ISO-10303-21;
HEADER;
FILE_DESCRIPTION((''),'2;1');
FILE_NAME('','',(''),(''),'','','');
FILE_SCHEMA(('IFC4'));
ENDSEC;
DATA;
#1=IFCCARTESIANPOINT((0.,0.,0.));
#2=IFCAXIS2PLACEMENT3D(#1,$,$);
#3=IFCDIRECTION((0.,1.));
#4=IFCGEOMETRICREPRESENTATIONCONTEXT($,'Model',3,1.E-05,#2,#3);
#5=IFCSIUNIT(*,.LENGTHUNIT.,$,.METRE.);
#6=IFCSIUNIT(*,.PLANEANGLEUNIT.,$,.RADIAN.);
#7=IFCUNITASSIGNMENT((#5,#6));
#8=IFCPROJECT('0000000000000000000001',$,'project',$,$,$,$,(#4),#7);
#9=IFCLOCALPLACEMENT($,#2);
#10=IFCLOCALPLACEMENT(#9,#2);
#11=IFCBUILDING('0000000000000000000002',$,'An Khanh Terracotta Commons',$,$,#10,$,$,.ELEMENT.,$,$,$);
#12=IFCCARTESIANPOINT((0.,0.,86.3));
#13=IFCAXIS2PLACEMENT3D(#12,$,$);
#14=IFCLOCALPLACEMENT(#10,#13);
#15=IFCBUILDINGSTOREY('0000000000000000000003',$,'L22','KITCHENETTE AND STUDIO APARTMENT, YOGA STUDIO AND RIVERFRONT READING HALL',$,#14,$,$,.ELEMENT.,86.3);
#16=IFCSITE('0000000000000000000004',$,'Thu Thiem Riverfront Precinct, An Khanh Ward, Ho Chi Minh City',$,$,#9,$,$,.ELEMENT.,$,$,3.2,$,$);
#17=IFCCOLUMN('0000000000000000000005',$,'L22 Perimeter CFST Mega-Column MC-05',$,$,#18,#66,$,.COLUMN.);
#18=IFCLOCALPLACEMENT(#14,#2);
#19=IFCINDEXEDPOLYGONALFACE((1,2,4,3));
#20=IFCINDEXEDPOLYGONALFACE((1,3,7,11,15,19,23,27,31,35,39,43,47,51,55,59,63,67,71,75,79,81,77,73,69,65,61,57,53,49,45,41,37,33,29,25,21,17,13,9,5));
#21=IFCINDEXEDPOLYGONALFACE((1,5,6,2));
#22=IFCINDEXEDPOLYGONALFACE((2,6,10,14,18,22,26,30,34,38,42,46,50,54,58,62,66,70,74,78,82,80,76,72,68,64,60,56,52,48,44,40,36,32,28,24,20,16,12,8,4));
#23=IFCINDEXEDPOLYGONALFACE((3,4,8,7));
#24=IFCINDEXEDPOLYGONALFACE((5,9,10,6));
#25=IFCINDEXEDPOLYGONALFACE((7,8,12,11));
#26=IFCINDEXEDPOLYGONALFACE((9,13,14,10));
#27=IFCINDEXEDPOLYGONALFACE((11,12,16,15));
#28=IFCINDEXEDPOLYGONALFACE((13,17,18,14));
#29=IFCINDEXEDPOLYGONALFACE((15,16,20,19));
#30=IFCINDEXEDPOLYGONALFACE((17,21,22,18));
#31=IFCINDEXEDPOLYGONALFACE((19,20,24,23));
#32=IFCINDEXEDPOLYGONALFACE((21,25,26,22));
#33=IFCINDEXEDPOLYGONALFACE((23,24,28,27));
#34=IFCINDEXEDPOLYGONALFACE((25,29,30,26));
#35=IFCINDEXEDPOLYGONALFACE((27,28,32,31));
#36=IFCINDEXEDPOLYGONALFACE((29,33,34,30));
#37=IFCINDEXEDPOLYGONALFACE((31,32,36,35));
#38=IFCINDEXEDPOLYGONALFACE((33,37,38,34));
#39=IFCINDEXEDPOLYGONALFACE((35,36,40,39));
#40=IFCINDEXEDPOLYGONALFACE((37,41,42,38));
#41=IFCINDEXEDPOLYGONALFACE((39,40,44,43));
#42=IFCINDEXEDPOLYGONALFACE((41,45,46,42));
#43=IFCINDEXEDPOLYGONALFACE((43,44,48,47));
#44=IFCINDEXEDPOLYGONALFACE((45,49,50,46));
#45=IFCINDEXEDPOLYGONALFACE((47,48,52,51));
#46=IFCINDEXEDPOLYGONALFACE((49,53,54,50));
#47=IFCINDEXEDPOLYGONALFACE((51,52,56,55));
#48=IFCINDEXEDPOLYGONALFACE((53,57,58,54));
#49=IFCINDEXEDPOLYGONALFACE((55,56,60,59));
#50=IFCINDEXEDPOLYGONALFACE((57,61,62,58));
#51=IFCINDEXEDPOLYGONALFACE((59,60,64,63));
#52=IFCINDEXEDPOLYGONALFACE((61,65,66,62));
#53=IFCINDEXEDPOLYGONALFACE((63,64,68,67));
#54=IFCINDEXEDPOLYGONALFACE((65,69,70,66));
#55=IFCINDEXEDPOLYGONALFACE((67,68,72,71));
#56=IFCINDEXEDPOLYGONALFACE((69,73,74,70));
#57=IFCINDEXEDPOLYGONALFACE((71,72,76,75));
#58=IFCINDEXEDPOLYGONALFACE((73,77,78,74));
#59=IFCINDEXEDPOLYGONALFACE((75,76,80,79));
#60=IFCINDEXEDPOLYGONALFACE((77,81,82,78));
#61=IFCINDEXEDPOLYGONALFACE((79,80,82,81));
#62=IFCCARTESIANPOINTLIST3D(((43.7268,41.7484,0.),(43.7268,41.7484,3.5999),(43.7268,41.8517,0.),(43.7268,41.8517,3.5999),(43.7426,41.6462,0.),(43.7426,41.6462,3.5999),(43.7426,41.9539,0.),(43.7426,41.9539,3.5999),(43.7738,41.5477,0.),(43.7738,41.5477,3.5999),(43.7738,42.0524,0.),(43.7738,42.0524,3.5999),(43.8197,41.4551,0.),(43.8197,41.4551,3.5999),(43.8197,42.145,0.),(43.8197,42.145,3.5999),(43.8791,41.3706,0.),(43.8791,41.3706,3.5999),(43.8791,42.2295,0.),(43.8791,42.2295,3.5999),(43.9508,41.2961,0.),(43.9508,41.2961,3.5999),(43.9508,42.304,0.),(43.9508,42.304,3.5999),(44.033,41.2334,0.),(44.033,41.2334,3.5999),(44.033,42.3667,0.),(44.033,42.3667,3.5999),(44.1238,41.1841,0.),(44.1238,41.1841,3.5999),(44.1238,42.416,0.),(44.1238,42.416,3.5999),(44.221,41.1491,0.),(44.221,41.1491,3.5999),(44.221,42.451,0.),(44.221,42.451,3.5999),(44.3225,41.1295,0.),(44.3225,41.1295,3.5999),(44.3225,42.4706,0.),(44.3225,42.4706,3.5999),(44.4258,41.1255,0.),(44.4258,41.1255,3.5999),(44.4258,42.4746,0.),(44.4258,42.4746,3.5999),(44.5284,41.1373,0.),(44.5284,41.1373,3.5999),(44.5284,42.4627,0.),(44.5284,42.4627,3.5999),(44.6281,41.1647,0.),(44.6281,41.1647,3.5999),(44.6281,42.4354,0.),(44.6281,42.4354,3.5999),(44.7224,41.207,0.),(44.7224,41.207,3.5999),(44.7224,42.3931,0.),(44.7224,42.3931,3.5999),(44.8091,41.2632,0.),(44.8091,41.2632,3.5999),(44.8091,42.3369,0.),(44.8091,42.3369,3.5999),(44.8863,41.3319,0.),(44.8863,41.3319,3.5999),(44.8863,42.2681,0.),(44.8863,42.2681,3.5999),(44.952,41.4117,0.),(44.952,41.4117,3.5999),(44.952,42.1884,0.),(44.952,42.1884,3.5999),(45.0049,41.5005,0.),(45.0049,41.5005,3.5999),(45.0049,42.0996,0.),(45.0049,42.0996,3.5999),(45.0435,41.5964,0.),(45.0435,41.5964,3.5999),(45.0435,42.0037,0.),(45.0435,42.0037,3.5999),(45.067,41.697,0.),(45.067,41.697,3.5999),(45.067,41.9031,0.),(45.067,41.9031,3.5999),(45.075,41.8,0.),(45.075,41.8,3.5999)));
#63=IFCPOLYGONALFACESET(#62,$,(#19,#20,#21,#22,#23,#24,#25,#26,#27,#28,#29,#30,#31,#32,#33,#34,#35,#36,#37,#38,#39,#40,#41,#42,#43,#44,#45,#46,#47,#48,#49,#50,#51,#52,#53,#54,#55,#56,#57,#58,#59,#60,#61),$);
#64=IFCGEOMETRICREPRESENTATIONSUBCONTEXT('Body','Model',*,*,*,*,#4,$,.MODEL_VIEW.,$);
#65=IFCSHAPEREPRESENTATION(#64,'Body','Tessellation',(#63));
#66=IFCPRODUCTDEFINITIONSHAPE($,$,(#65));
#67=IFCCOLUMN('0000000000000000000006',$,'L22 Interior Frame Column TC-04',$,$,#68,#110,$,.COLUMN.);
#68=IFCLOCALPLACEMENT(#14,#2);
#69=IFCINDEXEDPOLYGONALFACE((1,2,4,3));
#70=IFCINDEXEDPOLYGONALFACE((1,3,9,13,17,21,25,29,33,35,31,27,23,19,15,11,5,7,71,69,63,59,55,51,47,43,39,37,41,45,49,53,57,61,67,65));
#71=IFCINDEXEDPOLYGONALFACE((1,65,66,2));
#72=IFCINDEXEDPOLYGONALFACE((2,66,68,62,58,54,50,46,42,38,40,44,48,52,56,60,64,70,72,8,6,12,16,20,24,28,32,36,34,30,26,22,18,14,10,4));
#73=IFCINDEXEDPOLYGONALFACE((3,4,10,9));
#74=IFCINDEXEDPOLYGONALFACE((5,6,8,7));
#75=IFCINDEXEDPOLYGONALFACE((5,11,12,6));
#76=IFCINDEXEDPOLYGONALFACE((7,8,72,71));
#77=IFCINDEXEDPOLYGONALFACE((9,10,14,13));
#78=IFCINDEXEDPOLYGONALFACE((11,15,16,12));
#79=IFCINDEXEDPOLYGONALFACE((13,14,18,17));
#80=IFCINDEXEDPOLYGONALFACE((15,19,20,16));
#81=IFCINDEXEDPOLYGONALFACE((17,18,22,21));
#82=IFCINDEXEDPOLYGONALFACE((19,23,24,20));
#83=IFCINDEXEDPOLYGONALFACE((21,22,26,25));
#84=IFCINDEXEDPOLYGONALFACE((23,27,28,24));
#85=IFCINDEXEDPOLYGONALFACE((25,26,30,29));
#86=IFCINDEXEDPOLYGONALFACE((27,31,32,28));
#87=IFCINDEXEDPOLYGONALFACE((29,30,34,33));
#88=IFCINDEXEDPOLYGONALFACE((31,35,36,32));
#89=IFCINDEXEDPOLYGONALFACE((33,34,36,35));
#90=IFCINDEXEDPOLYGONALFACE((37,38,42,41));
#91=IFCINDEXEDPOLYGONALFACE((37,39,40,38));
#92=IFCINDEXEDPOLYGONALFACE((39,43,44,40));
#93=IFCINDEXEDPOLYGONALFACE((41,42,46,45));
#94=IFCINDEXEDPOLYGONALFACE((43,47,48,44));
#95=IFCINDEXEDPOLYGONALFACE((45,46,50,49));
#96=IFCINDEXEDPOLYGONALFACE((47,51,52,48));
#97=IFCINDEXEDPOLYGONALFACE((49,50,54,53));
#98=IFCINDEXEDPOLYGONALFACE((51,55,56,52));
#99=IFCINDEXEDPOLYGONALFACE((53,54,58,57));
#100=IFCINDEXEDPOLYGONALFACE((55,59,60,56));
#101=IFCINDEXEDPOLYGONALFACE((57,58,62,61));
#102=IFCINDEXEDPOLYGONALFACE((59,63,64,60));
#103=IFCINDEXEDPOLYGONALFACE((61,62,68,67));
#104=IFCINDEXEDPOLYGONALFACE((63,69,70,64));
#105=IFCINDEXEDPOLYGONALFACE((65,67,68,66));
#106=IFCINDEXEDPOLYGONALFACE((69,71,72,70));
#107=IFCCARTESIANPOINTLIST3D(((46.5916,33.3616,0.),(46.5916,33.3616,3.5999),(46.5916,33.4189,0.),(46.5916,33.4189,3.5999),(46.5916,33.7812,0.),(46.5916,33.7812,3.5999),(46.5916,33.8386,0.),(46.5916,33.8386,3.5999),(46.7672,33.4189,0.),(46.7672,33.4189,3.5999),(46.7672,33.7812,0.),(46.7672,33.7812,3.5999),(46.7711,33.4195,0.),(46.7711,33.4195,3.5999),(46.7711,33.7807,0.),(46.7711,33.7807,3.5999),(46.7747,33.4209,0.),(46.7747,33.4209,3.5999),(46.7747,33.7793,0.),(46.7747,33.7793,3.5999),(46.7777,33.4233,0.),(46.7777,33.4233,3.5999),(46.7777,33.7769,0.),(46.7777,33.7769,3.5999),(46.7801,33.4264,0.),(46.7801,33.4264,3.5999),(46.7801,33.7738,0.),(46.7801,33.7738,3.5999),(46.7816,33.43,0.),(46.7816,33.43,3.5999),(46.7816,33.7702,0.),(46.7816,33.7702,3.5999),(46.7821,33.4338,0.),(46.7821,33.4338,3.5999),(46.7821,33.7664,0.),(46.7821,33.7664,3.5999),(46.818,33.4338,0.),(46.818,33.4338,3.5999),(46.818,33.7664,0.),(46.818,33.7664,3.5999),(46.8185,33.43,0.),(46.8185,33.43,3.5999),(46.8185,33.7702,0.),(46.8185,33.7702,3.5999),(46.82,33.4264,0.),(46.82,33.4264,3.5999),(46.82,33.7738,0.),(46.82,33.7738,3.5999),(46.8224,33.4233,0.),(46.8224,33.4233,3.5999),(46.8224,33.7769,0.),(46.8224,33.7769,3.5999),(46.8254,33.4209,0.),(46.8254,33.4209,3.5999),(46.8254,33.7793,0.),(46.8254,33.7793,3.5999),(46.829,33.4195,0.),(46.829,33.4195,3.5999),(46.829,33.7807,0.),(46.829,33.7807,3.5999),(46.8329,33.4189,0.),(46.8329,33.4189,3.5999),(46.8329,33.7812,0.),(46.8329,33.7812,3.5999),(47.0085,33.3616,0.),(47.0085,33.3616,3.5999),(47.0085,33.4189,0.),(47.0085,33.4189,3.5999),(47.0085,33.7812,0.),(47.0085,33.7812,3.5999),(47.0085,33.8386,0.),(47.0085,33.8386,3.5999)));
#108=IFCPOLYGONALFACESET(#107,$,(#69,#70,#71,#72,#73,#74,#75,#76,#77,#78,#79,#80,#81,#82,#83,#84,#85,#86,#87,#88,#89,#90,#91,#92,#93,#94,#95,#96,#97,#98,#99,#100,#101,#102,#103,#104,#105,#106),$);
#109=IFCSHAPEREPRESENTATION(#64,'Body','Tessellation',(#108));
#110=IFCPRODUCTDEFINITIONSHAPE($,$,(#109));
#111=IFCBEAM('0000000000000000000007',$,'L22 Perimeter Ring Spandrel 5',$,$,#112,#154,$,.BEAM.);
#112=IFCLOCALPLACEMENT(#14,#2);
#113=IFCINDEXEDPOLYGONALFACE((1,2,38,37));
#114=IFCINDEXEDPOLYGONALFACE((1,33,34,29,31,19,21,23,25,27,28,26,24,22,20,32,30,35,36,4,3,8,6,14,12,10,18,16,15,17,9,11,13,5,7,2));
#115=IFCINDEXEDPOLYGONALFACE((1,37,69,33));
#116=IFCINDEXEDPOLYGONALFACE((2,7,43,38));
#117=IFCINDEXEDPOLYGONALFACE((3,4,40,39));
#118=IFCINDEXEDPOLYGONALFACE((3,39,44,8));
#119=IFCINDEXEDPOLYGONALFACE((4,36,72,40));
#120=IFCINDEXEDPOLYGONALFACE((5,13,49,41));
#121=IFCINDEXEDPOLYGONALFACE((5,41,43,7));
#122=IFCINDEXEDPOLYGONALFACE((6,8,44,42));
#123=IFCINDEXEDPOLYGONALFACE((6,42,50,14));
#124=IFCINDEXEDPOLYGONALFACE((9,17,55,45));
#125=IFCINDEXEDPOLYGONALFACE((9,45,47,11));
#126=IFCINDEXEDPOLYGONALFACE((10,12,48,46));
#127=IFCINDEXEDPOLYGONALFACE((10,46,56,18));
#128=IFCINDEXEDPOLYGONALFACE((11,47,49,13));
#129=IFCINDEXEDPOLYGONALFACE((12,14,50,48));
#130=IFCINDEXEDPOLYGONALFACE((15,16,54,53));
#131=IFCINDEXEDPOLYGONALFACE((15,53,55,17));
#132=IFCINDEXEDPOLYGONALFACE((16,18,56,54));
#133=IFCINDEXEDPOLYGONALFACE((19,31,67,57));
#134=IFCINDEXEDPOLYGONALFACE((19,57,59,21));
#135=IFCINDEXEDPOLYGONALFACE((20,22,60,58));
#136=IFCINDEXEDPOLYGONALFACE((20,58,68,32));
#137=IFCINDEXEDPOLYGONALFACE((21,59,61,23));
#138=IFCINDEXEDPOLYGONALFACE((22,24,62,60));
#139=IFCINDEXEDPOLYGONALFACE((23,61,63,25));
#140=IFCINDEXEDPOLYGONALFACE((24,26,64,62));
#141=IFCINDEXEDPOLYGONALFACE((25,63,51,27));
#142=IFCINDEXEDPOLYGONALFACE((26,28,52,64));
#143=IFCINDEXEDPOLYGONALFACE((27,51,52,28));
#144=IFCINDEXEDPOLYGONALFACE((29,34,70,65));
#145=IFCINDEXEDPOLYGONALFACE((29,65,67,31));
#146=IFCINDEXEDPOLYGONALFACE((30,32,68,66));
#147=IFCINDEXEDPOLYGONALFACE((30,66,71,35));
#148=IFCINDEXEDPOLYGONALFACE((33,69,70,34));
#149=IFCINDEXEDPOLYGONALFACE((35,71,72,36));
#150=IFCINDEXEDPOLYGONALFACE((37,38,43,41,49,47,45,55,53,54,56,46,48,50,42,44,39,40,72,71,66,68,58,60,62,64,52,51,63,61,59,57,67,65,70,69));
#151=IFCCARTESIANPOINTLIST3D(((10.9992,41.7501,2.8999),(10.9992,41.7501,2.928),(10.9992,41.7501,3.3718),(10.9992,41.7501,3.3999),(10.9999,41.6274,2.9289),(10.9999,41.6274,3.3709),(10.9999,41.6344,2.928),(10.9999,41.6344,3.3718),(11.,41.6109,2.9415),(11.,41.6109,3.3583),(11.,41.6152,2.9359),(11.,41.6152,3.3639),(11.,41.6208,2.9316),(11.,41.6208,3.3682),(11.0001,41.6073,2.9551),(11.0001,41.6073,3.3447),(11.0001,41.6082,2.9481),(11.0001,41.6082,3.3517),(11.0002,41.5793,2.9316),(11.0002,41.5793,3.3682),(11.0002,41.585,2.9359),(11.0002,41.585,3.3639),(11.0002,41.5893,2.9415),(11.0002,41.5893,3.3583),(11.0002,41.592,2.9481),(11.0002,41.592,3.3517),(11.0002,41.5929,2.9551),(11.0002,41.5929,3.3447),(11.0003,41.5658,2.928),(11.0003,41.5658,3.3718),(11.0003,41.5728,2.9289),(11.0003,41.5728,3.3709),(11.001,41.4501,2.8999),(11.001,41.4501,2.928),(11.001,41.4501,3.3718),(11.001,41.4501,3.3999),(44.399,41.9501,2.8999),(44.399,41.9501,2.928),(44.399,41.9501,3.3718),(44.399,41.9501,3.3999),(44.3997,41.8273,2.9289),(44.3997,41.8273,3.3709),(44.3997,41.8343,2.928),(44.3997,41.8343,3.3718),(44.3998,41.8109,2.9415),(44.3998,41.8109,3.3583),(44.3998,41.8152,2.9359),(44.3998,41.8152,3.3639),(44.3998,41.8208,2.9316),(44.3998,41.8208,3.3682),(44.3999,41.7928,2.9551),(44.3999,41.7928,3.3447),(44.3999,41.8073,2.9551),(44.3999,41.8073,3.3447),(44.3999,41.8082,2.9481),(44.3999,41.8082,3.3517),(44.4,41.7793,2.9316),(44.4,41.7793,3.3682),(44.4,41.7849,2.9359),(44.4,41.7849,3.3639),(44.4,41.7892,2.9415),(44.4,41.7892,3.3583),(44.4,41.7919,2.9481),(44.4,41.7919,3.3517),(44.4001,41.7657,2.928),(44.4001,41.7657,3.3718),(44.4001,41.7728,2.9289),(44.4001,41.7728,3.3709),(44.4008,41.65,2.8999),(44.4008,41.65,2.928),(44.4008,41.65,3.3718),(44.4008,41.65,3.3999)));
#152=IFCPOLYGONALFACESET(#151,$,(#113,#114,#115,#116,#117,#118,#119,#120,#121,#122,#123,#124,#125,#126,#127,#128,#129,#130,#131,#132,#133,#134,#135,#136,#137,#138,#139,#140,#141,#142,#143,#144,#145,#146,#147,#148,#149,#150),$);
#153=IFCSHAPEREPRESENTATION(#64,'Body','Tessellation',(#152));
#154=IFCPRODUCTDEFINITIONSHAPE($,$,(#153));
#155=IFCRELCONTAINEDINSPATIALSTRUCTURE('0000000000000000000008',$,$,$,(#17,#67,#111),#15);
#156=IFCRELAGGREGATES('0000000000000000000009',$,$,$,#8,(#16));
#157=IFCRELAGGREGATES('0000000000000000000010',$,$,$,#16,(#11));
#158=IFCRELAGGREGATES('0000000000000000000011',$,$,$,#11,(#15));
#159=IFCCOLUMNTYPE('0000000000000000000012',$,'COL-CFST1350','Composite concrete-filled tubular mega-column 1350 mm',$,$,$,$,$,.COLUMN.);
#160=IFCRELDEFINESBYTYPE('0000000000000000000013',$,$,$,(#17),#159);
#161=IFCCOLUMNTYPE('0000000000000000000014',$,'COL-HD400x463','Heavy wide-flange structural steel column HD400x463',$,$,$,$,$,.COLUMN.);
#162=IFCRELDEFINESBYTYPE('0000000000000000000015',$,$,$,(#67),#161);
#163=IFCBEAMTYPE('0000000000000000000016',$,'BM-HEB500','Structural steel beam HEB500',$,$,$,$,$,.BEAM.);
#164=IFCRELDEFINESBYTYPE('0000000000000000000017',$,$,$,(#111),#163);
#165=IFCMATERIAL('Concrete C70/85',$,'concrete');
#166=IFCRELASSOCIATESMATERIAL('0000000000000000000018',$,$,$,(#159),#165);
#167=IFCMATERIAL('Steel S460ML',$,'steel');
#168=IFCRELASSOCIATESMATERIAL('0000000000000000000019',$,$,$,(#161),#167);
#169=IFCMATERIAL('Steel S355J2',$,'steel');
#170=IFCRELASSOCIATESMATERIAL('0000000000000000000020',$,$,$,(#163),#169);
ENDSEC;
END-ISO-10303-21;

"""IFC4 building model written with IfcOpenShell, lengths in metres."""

from ifc_helpers import new_model, si_unit, direction, frame, origin, origin_2d, place, context, subcontext, project, spatial, circle, i_section, extrude, material, material_profile, profile_set, type_object, element, save


model = new_model("IFC4")

# Units and contexts
model_context = context("Model", 3, precision=1e-05, world=origin(), true_north=direction((0.0, 1.0)))
body_context = subcontext(model_context, "Body", "Model", "MODEL_VIEW")
ifc_project = project(units=[si_unit("LENGTHUNIT", "METRE"), si_unit("PLANEANGLEUNIT", "RADIAN")], contexts=[model_context])

# Site, building, storey
site_placement = place(None, origin())
site = spatial("IfcSite", under=ifc_project, at=site_placement, Name="Thu Thiem Riverfront Precinct, An Khanh Ward, Ho Chi Minh City", CompositionType="ELEMENT", RefElevation=3.2)
building_placement = place(site_placement, origin())
building = spatial("IfcBuilding", under=site, at=building_placement, Name="An Khanh Terracotta Commons", CompositionType="ELEMENT")
storey_placement = place(building_placement, frame((0.0, 0.0, 86.3)))
storey = spatial("IfcBuildingStorey", under=building, at=storey_placement, Name="L22", Description="KITCHENETTE AND STUDIO APARTMENT, YOGA STUDIO AND RIVERFRONT READING HALL", CompositionType="ELEMENT", Elevation=86.3)

# Columns
ifc_material_1 = material(Name="Concrete C70/85", Category="concrete")
ifc_material_profile_1 = material_profile(ifc_material_1, circle(Radius=0.675, at=origin_2d()), Name="CFST1350")
ifc_profile_set_1 = profile_set([ifc_material_profile_1], Name="Concrete C70/85")
column_type_1 = type_object("IfcColumnType", Name="COL-CFST1350", Description="Composite concrete-filled tubular mega-column 1350 mm", PredefinedType="COLUMN", material=ifc_profile_set_1)
column_1_placement = place(storey_placement, frame((44.3999, 41.8, 0.0), z_axis=(0.0, 0.0, 1.0), x_axis=(1.0, 0.0, 0.0)))
element("IfcColumn", 1, at=column_1_placement, inside=storey, type_object=column_type_1, Name="L22 Perimeter CFST Mega-Column MC-05", PredefinedType="COLUMN", context=body_context, shape_type="SweptSolid", body=[
    extrude(circle(Radius=0.675, at=origin_2d()), origin(), (0.0, 0.0, 1.0), 3.5999),
])
ifc_material_2 = material(Name="Steel S460ML", Category="steel")
ifc_material_profile_2 = material_profile(ifc_material_2, i_section(OverallWidth=0.417, OverallDepth=0.4771, WebThickness=0.0359, FlangeThickness=0.0574, FilletRadius=0.0149, at=origin_2d()), Name="HD400x463")
ifc_profile_set_2 = profile_set([ifc_material_profile_2], Name="Steel S460ML")
column_type_2 = type_object("IfcColumnType", Name="COL-HD400x463", Description="Heavy wide-flange structural steel column HD400x463", PredefinedType="COLUMN", material=ifc_profile_set_2)
column_2_placement = place(storey_placement, frame((46.8, 33.6001, 0.0), z_axis=(0.0, 0.0, 1.0), x_axis=(1.0, 0.0, 0.0)))
element("IfcColumn", 2, at=column_2_placement, inside=storey, type_object=column_type_2, Name="L22 Interior Frame Column TC-04", PredefinedType="COLUMN", context=body_context, shape_type="SweptSolid", body=[
    extrude(i_section(OverallWidth=0.417, OverallDepth=0.4771, WebThickness=0.0359, FlangeThickness=0.0574, FilletRadius=0.0149, at=origin_2d()), origin(), (0.0, 0.0, 1.0), 3.5999),
])

# Beam
ifc_material_3 = material(Name="Steel S355J2", Category="steel")
ifc_material_profile_3 = material_profile(ifc_material_3, i_section(OverallWidth=0.3, OverallDepth=0.5, WebThickness=0.0144, FlangeThickness=0.0281, FilletRadius=0.0271, at=origin_2d()), Name="HEB500")
ifc_profile_set_3 = profile_set([ifc_material_profile_3], Name="Steel S355J2")
beam_type = type_object("IfcBeamType", Name="BM-HEB500", Description="Structural steel beam HEB500", PredefinedType="BEAM", material=ifc_profile_set_3)
beam_1_placement = place(storey_placement, frame((44.3999, 41.8, 3.1499), z_axis=(-0.999982, -0.005986, 0.0), x_axis=(0.005986, -0.999982, 0.0)))
element("IfcBeam", 3, at=beam_1_placement, inside=storey, type_object=beam_type, Name="L22 Perimeter Ring Spandrel 5", PredefinedType="BEAM", context=body_context, shape_type="SweptSolid", body=[
    extrude(i_section(OverallWidth=0.3, OverallDepth=0.5, WebThickness=0.0144, FlangeThickness=0.0281, FilletRadius=0.0271, at=origin_2d()), origin(), (0.0, 0.0, 1.0), 33.4004),
])

save(model, "model.ifc")
